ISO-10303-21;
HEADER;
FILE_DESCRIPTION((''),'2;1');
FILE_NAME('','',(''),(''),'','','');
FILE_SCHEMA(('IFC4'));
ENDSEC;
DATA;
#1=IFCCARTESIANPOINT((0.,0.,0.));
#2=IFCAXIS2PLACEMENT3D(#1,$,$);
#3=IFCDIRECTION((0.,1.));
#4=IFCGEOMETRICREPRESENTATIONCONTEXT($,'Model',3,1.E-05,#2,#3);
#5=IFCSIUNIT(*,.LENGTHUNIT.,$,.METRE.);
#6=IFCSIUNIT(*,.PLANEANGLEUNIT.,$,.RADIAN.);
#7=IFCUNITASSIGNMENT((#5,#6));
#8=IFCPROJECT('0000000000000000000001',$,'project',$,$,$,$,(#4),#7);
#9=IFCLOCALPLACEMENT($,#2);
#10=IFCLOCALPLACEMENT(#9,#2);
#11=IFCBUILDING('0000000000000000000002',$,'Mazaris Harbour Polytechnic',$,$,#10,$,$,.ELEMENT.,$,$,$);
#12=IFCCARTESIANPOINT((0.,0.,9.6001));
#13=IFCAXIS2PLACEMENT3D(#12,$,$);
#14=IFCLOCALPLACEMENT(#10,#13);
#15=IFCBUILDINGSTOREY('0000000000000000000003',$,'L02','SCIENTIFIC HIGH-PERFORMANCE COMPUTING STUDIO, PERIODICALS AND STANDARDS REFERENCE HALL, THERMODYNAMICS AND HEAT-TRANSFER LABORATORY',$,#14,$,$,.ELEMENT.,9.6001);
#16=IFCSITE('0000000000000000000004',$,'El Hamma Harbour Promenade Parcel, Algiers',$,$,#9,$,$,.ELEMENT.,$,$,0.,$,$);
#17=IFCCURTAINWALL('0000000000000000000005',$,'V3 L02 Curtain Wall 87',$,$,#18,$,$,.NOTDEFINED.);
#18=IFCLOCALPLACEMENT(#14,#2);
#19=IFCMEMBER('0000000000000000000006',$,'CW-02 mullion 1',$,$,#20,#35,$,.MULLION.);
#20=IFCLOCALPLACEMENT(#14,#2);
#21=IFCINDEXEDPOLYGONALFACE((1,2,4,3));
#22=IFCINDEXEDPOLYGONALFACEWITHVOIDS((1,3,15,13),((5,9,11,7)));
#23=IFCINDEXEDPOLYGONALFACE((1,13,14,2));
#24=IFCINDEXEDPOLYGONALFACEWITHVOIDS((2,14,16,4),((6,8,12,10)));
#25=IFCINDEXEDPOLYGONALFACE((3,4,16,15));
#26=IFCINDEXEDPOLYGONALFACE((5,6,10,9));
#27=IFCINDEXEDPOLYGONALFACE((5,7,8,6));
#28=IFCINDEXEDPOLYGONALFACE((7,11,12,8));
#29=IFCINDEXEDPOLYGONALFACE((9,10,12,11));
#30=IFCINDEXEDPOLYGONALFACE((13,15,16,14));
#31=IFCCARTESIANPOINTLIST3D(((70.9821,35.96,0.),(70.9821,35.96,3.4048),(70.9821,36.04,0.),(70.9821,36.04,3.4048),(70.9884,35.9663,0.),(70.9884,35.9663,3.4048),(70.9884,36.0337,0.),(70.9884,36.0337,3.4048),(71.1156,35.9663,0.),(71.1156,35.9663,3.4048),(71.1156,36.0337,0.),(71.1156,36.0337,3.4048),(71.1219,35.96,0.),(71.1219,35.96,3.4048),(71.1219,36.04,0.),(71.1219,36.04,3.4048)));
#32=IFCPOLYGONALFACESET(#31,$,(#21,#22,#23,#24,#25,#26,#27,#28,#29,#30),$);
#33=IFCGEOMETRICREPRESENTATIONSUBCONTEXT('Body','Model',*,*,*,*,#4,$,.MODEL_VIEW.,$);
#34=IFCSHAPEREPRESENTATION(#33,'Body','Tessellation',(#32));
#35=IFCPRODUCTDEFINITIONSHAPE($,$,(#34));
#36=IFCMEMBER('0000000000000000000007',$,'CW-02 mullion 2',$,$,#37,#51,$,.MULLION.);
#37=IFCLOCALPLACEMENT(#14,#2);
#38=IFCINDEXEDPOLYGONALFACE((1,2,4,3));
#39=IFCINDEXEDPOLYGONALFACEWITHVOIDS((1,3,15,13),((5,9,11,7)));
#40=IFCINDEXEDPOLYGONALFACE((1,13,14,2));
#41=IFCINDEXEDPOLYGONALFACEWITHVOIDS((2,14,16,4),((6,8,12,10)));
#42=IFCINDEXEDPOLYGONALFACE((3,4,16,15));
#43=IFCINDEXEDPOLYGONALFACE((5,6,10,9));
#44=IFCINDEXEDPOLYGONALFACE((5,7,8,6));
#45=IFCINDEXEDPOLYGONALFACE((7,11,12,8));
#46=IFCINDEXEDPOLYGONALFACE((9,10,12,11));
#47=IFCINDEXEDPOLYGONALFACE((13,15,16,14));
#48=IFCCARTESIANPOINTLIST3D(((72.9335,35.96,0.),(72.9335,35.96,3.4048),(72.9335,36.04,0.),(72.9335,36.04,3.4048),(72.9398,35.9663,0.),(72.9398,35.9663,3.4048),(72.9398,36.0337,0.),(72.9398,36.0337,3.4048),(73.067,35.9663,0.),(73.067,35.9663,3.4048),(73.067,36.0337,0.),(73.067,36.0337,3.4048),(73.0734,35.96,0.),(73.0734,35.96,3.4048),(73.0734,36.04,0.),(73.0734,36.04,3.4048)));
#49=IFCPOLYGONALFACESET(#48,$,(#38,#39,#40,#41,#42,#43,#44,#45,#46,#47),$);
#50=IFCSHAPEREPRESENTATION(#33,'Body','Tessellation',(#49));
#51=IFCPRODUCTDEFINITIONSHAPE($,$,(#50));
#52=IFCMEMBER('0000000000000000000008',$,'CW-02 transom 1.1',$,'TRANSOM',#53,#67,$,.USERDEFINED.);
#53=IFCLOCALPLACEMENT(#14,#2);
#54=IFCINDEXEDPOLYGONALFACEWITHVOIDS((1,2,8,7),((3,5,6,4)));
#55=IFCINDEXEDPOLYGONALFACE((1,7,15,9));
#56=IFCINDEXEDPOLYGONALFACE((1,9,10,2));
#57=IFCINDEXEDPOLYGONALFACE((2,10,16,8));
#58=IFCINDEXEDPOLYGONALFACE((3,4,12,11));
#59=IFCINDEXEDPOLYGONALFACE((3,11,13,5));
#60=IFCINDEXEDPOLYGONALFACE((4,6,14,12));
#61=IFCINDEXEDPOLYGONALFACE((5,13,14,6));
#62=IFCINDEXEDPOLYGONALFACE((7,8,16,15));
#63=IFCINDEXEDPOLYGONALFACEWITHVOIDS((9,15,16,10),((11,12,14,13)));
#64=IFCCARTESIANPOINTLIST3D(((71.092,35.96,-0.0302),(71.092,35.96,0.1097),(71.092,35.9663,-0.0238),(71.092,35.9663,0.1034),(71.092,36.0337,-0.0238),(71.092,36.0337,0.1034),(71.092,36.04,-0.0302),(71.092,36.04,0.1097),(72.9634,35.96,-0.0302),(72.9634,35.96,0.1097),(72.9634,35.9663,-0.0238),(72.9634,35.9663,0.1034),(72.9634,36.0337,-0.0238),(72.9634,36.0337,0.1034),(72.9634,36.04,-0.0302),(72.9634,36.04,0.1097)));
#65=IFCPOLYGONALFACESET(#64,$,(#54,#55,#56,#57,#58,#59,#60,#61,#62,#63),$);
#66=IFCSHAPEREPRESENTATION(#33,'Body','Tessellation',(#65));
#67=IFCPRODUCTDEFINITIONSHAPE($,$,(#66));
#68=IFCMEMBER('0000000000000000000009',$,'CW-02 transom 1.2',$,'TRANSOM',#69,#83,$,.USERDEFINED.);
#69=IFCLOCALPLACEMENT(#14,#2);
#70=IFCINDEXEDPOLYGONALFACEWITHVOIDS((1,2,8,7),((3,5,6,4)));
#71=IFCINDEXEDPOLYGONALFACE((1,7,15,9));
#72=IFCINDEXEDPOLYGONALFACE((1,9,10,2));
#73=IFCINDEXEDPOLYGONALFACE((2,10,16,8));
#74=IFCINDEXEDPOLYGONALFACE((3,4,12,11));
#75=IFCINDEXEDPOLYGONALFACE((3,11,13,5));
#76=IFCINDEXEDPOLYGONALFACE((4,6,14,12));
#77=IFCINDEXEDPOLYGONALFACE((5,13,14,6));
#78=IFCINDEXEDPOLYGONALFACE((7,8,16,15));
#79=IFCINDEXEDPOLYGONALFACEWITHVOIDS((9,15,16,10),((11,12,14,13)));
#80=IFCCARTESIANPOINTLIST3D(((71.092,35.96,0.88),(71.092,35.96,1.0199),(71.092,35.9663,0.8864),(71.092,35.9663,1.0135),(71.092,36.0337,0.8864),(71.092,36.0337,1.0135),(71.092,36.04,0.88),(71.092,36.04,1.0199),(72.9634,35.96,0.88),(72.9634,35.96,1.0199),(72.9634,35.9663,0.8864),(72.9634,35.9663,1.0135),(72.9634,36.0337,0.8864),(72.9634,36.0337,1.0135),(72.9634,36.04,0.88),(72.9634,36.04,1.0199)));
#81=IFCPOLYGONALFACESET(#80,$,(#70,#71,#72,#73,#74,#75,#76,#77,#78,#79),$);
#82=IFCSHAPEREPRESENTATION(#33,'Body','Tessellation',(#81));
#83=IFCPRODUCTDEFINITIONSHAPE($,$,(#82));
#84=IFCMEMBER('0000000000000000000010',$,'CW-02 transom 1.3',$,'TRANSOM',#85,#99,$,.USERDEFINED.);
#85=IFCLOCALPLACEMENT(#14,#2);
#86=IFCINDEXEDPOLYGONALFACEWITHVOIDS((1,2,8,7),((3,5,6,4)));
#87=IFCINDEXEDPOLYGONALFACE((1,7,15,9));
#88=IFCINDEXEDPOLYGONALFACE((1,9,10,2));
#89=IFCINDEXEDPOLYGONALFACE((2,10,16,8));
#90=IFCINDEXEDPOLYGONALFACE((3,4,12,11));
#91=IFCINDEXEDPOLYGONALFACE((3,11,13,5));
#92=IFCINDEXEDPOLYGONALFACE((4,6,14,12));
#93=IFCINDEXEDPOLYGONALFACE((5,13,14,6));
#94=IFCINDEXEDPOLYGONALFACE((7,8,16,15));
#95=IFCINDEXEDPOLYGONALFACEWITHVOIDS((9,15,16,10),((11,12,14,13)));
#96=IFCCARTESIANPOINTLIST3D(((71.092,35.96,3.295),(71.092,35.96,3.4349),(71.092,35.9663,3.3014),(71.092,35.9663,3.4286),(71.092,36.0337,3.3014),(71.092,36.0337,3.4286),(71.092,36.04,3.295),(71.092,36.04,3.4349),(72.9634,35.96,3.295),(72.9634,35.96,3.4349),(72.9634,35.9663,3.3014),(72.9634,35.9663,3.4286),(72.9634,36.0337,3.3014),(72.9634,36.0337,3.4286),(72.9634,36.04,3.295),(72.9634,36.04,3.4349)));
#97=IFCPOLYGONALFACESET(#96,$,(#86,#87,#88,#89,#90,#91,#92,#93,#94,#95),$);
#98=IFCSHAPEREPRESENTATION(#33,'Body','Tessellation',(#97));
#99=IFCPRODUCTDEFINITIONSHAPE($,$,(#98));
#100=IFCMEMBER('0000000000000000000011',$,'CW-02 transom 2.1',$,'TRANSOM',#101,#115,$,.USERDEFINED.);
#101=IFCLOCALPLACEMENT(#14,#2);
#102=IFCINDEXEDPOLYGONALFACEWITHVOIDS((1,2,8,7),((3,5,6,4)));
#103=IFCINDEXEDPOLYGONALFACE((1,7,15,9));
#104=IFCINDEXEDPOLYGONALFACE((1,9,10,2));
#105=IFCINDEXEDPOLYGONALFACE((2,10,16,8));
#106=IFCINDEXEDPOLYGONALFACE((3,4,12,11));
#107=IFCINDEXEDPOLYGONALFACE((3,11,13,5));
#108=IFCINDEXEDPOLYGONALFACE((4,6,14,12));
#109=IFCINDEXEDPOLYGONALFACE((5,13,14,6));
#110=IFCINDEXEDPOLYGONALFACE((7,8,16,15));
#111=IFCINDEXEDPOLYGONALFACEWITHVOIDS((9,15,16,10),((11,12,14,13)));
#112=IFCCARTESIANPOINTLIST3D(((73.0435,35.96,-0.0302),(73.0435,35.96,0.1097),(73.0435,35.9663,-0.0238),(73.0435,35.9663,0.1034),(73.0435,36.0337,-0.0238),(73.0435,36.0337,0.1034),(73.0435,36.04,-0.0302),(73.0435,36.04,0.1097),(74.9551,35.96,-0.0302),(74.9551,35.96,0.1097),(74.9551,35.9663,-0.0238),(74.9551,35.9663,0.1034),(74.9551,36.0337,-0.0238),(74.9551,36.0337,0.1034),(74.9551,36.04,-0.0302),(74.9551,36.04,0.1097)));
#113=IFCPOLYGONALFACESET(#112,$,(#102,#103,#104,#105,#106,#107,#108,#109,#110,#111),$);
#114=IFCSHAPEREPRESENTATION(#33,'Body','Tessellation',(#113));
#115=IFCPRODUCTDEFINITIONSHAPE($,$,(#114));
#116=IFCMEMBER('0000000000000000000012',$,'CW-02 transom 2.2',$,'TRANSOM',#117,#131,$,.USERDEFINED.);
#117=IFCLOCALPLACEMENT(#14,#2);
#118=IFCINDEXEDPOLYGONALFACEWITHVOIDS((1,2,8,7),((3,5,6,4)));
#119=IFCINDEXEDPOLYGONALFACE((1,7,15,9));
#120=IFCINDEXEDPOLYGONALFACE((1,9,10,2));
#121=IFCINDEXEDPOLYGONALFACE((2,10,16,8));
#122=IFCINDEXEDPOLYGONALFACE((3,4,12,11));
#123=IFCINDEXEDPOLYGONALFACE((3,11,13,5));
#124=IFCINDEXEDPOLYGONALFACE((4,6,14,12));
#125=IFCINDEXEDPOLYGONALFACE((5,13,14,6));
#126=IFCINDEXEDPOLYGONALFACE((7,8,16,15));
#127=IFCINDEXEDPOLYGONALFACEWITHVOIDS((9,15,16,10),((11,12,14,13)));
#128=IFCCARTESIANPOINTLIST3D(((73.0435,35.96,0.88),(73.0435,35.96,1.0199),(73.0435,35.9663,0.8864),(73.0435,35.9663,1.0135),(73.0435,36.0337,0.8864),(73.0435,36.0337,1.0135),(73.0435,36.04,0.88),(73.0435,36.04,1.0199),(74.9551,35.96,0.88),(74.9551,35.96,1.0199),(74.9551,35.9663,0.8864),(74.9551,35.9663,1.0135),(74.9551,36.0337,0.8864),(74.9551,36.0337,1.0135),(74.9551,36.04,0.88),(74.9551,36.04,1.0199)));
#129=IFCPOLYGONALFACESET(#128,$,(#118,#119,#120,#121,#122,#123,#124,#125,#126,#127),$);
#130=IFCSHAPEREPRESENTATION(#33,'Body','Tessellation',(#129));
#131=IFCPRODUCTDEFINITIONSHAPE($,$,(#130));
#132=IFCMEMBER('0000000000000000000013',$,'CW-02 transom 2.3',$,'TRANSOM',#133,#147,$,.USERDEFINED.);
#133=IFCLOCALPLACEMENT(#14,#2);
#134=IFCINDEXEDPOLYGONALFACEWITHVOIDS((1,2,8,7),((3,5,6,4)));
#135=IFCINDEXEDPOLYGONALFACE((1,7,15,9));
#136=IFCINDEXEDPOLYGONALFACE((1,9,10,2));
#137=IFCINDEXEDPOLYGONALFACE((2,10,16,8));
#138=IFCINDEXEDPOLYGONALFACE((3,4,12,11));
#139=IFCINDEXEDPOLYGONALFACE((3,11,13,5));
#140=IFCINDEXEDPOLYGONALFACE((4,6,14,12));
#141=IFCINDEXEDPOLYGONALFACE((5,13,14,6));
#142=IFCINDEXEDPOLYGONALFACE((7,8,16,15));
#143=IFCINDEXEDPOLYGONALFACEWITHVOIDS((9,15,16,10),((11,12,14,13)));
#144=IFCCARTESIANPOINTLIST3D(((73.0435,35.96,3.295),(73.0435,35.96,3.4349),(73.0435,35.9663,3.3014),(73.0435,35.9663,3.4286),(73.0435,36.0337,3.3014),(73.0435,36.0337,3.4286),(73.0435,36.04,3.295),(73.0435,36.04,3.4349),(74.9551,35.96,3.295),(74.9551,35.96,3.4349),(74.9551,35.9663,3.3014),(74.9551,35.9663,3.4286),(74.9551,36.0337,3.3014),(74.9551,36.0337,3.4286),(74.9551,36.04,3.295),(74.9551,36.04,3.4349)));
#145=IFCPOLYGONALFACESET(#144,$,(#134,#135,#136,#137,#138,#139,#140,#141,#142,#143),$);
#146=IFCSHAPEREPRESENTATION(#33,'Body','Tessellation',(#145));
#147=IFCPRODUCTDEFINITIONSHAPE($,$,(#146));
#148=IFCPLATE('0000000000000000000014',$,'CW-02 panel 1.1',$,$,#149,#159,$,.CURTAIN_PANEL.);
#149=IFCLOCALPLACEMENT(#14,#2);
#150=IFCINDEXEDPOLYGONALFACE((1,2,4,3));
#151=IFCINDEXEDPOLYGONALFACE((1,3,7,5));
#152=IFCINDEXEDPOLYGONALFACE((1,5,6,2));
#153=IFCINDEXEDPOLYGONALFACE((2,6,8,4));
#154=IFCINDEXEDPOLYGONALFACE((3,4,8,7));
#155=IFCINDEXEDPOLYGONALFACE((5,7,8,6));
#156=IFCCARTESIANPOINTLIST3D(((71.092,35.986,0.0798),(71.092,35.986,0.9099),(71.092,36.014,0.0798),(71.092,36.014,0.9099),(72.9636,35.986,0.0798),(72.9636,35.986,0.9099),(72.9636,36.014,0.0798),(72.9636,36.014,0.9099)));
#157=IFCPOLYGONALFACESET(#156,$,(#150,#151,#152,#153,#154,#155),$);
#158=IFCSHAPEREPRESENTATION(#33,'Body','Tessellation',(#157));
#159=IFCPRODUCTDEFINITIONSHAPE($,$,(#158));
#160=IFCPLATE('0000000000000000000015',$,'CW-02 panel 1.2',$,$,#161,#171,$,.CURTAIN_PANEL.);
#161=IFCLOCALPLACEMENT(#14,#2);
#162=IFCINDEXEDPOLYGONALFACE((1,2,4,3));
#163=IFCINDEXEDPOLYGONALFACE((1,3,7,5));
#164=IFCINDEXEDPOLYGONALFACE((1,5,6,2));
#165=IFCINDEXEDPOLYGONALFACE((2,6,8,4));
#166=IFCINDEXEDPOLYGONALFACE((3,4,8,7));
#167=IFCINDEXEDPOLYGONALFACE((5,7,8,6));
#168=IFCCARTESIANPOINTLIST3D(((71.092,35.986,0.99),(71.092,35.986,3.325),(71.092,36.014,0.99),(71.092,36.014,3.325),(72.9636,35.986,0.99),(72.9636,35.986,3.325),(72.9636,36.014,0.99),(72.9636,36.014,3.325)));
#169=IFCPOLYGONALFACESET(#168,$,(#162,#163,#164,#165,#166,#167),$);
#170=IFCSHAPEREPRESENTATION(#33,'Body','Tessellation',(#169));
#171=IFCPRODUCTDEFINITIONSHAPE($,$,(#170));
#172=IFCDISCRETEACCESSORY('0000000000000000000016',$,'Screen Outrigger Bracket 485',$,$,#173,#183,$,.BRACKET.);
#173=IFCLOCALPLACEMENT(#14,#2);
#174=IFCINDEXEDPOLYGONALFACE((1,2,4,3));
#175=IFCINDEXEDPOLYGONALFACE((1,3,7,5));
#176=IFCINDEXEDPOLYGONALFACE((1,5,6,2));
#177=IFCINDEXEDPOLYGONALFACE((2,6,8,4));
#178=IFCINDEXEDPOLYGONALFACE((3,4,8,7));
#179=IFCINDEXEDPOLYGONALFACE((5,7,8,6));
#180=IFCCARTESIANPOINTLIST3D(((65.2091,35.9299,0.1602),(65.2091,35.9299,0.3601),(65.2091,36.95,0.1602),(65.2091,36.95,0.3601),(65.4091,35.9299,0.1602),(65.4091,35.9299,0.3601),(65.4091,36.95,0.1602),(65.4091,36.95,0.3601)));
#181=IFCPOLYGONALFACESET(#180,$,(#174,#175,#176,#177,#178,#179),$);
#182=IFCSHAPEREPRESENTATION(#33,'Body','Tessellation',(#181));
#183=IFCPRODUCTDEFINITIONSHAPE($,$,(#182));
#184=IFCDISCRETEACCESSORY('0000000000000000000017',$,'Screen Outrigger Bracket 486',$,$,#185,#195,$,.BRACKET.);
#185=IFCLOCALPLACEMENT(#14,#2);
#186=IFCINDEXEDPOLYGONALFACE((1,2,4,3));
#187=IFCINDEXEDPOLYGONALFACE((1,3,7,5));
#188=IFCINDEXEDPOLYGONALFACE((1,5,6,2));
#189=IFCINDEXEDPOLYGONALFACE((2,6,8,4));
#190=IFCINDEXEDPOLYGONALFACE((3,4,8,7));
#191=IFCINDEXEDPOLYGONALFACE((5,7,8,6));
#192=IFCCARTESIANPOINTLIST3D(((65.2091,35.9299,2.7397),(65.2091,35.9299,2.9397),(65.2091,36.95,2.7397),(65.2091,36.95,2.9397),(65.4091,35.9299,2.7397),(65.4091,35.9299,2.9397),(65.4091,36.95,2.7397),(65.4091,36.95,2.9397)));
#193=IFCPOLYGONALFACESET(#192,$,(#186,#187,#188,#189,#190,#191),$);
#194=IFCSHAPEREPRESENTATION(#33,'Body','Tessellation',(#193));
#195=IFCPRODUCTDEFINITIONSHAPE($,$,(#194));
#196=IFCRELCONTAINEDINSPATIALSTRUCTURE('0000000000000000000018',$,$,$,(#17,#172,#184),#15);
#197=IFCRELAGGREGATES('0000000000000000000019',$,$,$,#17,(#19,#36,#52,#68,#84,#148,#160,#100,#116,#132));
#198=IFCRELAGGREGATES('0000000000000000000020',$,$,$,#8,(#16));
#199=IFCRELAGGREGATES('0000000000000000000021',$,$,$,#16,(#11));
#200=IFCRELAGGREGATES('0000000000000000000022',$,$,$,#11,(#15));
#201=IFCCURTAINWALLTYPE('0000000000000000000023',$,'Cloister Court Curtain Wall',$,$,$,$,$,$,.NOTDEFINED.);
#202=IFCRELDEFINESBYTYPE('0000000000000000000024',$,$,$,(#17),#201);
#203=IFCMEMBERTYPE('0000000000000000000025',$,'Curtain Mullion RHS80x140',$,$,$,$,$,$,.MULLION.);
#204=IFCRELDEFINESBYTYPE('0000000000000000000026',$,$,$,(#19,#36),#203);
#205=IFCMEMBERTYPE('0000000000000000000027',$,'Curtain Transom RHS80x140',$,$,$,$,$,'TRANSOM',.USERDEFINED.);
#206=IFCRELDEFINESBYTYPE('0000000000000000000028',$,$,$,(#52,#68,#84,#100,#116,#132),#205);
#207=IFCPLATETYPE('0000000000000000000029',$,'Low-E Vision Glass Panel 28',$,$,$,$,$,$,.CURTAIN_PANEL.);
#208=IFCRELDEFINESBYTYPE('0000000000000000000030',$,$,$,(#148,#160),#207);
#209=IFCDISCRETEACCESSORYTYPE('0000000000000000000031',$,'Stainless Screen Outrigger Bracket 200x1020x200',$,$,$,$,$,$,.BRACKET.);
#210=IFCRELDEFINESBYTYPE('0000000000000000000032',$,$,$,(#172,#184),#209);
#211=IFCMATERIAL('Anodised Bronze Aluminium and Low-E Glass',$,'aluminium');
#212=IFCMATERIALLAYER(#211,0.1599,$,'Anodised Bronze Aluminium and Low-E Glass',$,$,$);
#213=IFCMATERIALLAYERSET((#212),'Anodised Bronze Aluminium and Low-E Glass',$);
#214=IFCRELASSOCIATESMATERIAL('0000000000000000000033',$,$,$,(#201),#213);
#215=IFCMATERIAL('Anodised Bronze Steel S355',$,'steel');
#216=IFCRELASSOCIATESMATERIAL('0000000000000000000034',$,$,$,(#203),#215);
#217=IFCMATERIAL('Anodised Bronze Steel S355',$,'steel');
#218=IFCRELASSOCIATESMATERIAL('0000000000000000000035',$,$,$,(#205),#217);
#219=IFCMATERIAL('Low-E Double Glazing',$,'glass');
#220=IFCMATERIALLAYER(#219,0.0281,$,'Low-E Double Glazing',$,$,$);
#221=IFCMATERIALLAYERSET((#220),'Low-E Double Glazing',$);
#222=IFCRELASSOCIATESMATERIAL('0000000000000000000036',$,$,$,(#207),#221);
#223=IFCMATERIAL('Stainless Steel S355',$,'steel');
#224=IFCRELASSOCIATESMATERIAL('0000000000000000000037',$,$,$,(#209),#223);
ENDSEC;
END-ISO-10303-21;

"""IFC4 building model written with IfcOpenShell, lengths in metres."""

from ifc_helpers import new_model, si_unit, direction, frame, origin, origin_2d, place, context, subcontext, project, spatial, rectangle, hollow_rectangle, extrude, material, layer, layer_set, material_profile, profile_set, type_object, element, aggregate, save


model = new_model("IFC4")

# Units and contexts
model_context = context("Model", 3, precision=1e-05, world=origin(), true_north=direction((0.0, 1.0)))
body_context = subcontext(model_context, "Body", "Model", "MODEL_VIEW")
ifc_project = project(units=[si_unit("LENGTHUNIT", "METRE"), si_unit("PLANEANGLEUNIT", "RADIAN")], contexts=[model_context])

# Site, building, storey
site_placement = place(None, origin())
site = spatial("IfcSite", under=ifc_project, at=site_placement, Name="El Hamma Harbour Promenade Parcel, Algiers", CompositionType="ELEMENT", RefElevation=0.0)
building_placement = place(site_placement, origin())
building = spatial("IfcBuilding", under=site, at=building_placement, Name="Mazaris Harbour Polytechnic", CompositionType="ELEMENT")
storey_placement = place(building_placement, frame((0.0, 0.0, 9.6001)))
storey = spatial("IfcBuildingStorey", under=building, at=storey_placement, Name="L02", Description="SCIENTIFIC HIGH-PERFORMANCE COMPUTING STUDIO, PERIODICALS AND STANDARDS REFERENCE HALL, THERMODYNAMICS AND HEAT-TRANSFER LABORATORY", CompositionType="ELEMENT", Elevation=9.6001)

# Curtain wall, members, plates
ifc_material_1 = material(Name="Anodised Bronze Aluminium and Low-E Glass", Category="aluminium")
ifc_layer_1 = layer(ifc_material_1, 0.1599, Name="Anodised Bronze Aluminium and Low-E Glass")
ifc_layer_set_1 = layer_set([ifc_layer_1], Name="Anodised Bronze Aluminium and Low-E Glass")
curtain_wall_type = type_object("IfcCurtainWallType", Name="Cloister Court Curtain Wall", PredefinedType="NOTDEFINED", material=ifc_layer_set_1)
curtain_wall_placement = place(storey_placement, origin())
curtain_wall = element("IfcCurtainWall", 1, at=curtain_wall_placement, inside=storey, type_object=curtain_wall_type, Name="V3 L02 Curtain Wall 87", PredefinedType="NOTDEFINED")
ifc_material_2 = material(Name="Anodised Bronze Steel S355", Category="steel")
ifc_material_profile_1 = material_profile(ifc_material_2, hollow_rectangle(XDim=0.0801, YDim=0.1399, WallThickness=0.0063, at=origin_2d()), Name="RHS 80x140x6.3")
ifc_profile_set_1 = profile_set([ifc_material_profile_1], Name="Anodised Bronze Steel S355")
member_type_1 = type_object("IfcMemberType", Name="Curtain Mullion RHS80x140", PredefinedType="MULLION", material=ifc_profile_set_1)
member_1_placement = place(storey_placement, frame((71.052, 36.0, 0.0), z_axis=(0.0, 0.0, 1.0), x_axis=(0.0, 1.0, 0.0)))
member_1 = element("IfcMember", 2, at=member_1_placement, type_object=member_type_1, Name="CW-02 mullion 1", PredefinedType="MULLION", context=body_context, shape_type="SweptSolid", body=[
    extrude(hollow_rectangle(XDim=0.0801, YDim=0.1399, WallThickness=0.0063, at=origin_2d()), origin(), (0.0, 0.0, 1.0), 3.4048),
])
member_2_placement = place(storey_placement, frame((73.0034, 36.0, 0.0), z_axis=(0.0, 0.0, 1.0), x_axis=(0.0, 1.0, 0.0)))
member_2 = element("IfcMember", 3, at=member_2_placement, type_object=member_type_1, Name="CW-02 mullion 2", PredefinedType="MULLION", context=body_context, shape_type="SweptSolid", body=[
    extrude(hollow_rectangle(XDim=0.0801, YDim=0.1399, WallThickness=0.0063, at=origin_2d()), origin(), (0.0, 0.0, 1.0), 3.4048),
])
ifc_material_3 = material(Name="Anodised Bronze Steel S355", Category="steel")
ifc_material_profile_2 = material_profile(ifc_material_3, hollow_rectangle(XDim=0.0801, YDim=0.1399, WallThickness=0.0063, at=origin_2d()), Name="RHS 80x140x6.3")
ifc_profile_set_2 = profile_set([ifc_material_profile_2], Name="Anodised Bronze Steel S355")
member_type_2 = type_object("IfcMemberType", Name="Curtain Transom RHS80x140", ElementType="TRANSOM", PredefinedType="USERDEFINED", material=ifc_profile_set_2)
member_3_placement = place(storey_placement, frame((71.092, 36.0, 0.0398), z_axis=(1.0, 0.0, 0.0), x_axis=(0.0, 1.0, 0.0)))
member_3 = element("IfcMember", 4, at=member_3_placement, type_object=member_type_2, Name="CW-02 transom 1.1", ObjectType="TRANSOM", PredefinedType="USERDEFINED", context=body_context, shape_type="SweptSolid", body=[
    extrude(hollow_rectangle(XDim=0.0801, YDim=0.1399, WallThickness=0.0063, at=origin_2d()), origin(), (0.0, 0.0, 1.0), 1.8713),
])
member_4_placement = place(storey_placement, frame((71.092, 36.0, 0.95), z_axis=(1.0, 0.0, 0.0), x_axis=(0.0, 1.0, 0.0)))
member_4 = element("IfcMember", 5, at=member_4_placement, type_object=member_type_2, Name="CW-02 transom 1.2", ObjectType="TRANSOM", PredefinedType="USERDEFINED", context=body_context, shape_type="SweptSolid", body=[
    extrude(hollow_rectangle(XDim=0.0801, YDim=0.1399, WallThickness=0.0063, at=origin_2d()), origin(), (0.0, 0.0, 1.0), 1.8713),
])
member_5_placement = place(storey_placement, frame((71.092, 36.0, 3.365), z_axis=(1.0, 0.0, 0.0), x_axis=(0.0, 1.0, 0.0)))
member_5 = element("IfcMember", 6, at=member_5_placement, type_object=member_type_2, Name="CW-02 transom 1.3", ObjectType="TRANSOM", PredefinedType="USERDEFINED", context=body_context, shape_type="SweptSolid", body=[
    extrude(hollow_rectangle(XDim=0.0801, YDim=0.1399, WallThickness=0.0063, at=origin_2d()), origin(), (0.0, 0.0, 1.0), 1.8713),
])
member_6_placement = place(storey_placement, frame((73.0435, 36.0, 0.0398), z_axis=(1.0, 0.0, 0.0), x_axis=(0.0, 1.0, 0.0)))
member_6 = element("IfcMember", 7, at=member_6_placement, type_object=member_type_2, Name="CW-02 transom 2.1", ObjectType="TRANSOM", PredefinedType="USERDEFINED", context=body_context, shape_type="SweptSolid", body=[
    extrude(hollow_rectangle(XDim=0.0801, YDim=0.1399, WallThickness=0.0063, at=origin_2d()), origin(), (0.0, 0.0, 1.0), 1.9116),
])
member_7_placement = place(storey_placement, frame((73.0435, 36.0, 0.95), z_axis=(1.0, 0.0, 0.0), x_axis=(0.0, 1.0, 0.0)))
member_7 = element("IfcMember", 8, at=member_7_placement, type_object=member_type_2, Name="CW-02 transom 2.2", ObjectType="TRANSOM", PredefinedType="USERDEFINED", context=body_context, shape_type="SweptSolid", body=[
    extrude(hollow_rectangle(XDim=0.0801, YDim=0.1399, WallThickness=0.0063, at=origin_2d()), origin(), (0.0, 0.0, 1.0), 1.9116),
])
member_8_placement = place(storey_placement, frame((73.0435, 36.0, 3.365), z_axis=(1.0, 0.0, 0.0), x_axis=(0.0, 1.0, 0.0)))
member_8 = element("IfcMember", 9, at=member_8_placement, type_object=member_type_2, Name="CW-02 transom 2.3", ObjectType="TRANSOM", PredefinedType="USERDEFINED", context=body_context, shape_type="SweptSolid", body=[
    extrude(hollow_rectangle(XDim=0.0801, YDim=0.1399, WallThickness=0.0063, at=origin_2d()), origin(), (0.0, 0.0, 1.0), 1.9116),
])
ifc_material_4 = material(Name="Low-E Double Glazing", Category="glass")
ifc_layer_2 = layer(ifc_material_4, 0.0281, Name="Low-E Double Glazing")
ifc_layer_set_2 = layer_set([ifc_layer_2], Name="Low-E Double Glazing")
plate_type = type_object("IfcPlateType", Name="Low-E Vision Glass Panel 28", PredefinedType="CURTAIN_PANEL", material=ifc_layer_set_2)
plate_1_placement = place(storey_placement, frame((72.0278, 36.0, 0.0798), z_axis=(0.0, 0.0, 1.0), x_axis=(1.0, 0.0, 0.0)))
plate_1 = element("IfcPlate", 10, at=plate_1_placement, type_object=plate_type, Name="CW-02 panel 1.1", PredefinedType="CURTAIN_PANEL", context=body_context, shape_type="SweptSolid", body=[
    extrude(rectangle(XDim=1.8716, YDim=0.0281, at=origin_2d()), origin(), (0.0, 0.0, 1.0), 0.8301),
])
plate_2_placement = place(storey_placement, frame((72.0278, 36.0, 0.99), z_axis=(0.0, 0.0, 1.0), x_axis=(1.0, 0.0, 0.0)))
plate_2 = element("IfcPlate", 11, at=plate_2_placement, type_object=plate_type, Name="CW-02 panel 1.2", PredefinedType="CURTAIN_PANEL", context=body_context, shape_type="SweptSolid", body=[
    extrude(rectangle(XDim=1.8716, YDim=0.0281, at=origin_2d()), origin(), (0.0, 0.0, 1.0), 2.335),
])
aggregate(curtain_wall, [member_1, member_2, member_3, member_4, member_5, plate_1, plate_2, member_6, member_7, member_8])

# Discrete accessories
ifc_material_5 = material(Name="Stainless Steel S355", Category="steel")
discrete_accessory_type = type_object("IfcDiscreteAccessoryType", Name="Stainless Screen Outrigger Bracket 200x1020x200", PredefinedType="BRACKET", material=ifc_material_5)
for number, where, z_axis, x_axis, name in (
    (12, (65.3091, 36.4399, 0.1602), (0.0, 0.0, 1.0), (1.0, 0.0, 0.0), "Screen Outrigger Bracket 485"),
    (13, (65.3091, 36.4399, 2.7397), (0.0, 0.0, 1.0), (1.0, 0.0, 0.0), "Screen Outrigger Bracket 486"),
):
    element("IfcDiscreteAccessory", number, at=place(storey_placement, frame(where, z_axis=z_axis, x_axis=x_axis)), inside=storey, type_object=discrete_accessory_type, Name=name, PredefinedType="BRACKET", context=body_context, shape_type="SweptSolid", body=[
        extrude(rectangle(XDim=0.2, YDim=1.02, at=origin_2d()), origin(), (0.0, 0.0, 1.0), 0.2),
    ])

save(model, "model.ifc")
